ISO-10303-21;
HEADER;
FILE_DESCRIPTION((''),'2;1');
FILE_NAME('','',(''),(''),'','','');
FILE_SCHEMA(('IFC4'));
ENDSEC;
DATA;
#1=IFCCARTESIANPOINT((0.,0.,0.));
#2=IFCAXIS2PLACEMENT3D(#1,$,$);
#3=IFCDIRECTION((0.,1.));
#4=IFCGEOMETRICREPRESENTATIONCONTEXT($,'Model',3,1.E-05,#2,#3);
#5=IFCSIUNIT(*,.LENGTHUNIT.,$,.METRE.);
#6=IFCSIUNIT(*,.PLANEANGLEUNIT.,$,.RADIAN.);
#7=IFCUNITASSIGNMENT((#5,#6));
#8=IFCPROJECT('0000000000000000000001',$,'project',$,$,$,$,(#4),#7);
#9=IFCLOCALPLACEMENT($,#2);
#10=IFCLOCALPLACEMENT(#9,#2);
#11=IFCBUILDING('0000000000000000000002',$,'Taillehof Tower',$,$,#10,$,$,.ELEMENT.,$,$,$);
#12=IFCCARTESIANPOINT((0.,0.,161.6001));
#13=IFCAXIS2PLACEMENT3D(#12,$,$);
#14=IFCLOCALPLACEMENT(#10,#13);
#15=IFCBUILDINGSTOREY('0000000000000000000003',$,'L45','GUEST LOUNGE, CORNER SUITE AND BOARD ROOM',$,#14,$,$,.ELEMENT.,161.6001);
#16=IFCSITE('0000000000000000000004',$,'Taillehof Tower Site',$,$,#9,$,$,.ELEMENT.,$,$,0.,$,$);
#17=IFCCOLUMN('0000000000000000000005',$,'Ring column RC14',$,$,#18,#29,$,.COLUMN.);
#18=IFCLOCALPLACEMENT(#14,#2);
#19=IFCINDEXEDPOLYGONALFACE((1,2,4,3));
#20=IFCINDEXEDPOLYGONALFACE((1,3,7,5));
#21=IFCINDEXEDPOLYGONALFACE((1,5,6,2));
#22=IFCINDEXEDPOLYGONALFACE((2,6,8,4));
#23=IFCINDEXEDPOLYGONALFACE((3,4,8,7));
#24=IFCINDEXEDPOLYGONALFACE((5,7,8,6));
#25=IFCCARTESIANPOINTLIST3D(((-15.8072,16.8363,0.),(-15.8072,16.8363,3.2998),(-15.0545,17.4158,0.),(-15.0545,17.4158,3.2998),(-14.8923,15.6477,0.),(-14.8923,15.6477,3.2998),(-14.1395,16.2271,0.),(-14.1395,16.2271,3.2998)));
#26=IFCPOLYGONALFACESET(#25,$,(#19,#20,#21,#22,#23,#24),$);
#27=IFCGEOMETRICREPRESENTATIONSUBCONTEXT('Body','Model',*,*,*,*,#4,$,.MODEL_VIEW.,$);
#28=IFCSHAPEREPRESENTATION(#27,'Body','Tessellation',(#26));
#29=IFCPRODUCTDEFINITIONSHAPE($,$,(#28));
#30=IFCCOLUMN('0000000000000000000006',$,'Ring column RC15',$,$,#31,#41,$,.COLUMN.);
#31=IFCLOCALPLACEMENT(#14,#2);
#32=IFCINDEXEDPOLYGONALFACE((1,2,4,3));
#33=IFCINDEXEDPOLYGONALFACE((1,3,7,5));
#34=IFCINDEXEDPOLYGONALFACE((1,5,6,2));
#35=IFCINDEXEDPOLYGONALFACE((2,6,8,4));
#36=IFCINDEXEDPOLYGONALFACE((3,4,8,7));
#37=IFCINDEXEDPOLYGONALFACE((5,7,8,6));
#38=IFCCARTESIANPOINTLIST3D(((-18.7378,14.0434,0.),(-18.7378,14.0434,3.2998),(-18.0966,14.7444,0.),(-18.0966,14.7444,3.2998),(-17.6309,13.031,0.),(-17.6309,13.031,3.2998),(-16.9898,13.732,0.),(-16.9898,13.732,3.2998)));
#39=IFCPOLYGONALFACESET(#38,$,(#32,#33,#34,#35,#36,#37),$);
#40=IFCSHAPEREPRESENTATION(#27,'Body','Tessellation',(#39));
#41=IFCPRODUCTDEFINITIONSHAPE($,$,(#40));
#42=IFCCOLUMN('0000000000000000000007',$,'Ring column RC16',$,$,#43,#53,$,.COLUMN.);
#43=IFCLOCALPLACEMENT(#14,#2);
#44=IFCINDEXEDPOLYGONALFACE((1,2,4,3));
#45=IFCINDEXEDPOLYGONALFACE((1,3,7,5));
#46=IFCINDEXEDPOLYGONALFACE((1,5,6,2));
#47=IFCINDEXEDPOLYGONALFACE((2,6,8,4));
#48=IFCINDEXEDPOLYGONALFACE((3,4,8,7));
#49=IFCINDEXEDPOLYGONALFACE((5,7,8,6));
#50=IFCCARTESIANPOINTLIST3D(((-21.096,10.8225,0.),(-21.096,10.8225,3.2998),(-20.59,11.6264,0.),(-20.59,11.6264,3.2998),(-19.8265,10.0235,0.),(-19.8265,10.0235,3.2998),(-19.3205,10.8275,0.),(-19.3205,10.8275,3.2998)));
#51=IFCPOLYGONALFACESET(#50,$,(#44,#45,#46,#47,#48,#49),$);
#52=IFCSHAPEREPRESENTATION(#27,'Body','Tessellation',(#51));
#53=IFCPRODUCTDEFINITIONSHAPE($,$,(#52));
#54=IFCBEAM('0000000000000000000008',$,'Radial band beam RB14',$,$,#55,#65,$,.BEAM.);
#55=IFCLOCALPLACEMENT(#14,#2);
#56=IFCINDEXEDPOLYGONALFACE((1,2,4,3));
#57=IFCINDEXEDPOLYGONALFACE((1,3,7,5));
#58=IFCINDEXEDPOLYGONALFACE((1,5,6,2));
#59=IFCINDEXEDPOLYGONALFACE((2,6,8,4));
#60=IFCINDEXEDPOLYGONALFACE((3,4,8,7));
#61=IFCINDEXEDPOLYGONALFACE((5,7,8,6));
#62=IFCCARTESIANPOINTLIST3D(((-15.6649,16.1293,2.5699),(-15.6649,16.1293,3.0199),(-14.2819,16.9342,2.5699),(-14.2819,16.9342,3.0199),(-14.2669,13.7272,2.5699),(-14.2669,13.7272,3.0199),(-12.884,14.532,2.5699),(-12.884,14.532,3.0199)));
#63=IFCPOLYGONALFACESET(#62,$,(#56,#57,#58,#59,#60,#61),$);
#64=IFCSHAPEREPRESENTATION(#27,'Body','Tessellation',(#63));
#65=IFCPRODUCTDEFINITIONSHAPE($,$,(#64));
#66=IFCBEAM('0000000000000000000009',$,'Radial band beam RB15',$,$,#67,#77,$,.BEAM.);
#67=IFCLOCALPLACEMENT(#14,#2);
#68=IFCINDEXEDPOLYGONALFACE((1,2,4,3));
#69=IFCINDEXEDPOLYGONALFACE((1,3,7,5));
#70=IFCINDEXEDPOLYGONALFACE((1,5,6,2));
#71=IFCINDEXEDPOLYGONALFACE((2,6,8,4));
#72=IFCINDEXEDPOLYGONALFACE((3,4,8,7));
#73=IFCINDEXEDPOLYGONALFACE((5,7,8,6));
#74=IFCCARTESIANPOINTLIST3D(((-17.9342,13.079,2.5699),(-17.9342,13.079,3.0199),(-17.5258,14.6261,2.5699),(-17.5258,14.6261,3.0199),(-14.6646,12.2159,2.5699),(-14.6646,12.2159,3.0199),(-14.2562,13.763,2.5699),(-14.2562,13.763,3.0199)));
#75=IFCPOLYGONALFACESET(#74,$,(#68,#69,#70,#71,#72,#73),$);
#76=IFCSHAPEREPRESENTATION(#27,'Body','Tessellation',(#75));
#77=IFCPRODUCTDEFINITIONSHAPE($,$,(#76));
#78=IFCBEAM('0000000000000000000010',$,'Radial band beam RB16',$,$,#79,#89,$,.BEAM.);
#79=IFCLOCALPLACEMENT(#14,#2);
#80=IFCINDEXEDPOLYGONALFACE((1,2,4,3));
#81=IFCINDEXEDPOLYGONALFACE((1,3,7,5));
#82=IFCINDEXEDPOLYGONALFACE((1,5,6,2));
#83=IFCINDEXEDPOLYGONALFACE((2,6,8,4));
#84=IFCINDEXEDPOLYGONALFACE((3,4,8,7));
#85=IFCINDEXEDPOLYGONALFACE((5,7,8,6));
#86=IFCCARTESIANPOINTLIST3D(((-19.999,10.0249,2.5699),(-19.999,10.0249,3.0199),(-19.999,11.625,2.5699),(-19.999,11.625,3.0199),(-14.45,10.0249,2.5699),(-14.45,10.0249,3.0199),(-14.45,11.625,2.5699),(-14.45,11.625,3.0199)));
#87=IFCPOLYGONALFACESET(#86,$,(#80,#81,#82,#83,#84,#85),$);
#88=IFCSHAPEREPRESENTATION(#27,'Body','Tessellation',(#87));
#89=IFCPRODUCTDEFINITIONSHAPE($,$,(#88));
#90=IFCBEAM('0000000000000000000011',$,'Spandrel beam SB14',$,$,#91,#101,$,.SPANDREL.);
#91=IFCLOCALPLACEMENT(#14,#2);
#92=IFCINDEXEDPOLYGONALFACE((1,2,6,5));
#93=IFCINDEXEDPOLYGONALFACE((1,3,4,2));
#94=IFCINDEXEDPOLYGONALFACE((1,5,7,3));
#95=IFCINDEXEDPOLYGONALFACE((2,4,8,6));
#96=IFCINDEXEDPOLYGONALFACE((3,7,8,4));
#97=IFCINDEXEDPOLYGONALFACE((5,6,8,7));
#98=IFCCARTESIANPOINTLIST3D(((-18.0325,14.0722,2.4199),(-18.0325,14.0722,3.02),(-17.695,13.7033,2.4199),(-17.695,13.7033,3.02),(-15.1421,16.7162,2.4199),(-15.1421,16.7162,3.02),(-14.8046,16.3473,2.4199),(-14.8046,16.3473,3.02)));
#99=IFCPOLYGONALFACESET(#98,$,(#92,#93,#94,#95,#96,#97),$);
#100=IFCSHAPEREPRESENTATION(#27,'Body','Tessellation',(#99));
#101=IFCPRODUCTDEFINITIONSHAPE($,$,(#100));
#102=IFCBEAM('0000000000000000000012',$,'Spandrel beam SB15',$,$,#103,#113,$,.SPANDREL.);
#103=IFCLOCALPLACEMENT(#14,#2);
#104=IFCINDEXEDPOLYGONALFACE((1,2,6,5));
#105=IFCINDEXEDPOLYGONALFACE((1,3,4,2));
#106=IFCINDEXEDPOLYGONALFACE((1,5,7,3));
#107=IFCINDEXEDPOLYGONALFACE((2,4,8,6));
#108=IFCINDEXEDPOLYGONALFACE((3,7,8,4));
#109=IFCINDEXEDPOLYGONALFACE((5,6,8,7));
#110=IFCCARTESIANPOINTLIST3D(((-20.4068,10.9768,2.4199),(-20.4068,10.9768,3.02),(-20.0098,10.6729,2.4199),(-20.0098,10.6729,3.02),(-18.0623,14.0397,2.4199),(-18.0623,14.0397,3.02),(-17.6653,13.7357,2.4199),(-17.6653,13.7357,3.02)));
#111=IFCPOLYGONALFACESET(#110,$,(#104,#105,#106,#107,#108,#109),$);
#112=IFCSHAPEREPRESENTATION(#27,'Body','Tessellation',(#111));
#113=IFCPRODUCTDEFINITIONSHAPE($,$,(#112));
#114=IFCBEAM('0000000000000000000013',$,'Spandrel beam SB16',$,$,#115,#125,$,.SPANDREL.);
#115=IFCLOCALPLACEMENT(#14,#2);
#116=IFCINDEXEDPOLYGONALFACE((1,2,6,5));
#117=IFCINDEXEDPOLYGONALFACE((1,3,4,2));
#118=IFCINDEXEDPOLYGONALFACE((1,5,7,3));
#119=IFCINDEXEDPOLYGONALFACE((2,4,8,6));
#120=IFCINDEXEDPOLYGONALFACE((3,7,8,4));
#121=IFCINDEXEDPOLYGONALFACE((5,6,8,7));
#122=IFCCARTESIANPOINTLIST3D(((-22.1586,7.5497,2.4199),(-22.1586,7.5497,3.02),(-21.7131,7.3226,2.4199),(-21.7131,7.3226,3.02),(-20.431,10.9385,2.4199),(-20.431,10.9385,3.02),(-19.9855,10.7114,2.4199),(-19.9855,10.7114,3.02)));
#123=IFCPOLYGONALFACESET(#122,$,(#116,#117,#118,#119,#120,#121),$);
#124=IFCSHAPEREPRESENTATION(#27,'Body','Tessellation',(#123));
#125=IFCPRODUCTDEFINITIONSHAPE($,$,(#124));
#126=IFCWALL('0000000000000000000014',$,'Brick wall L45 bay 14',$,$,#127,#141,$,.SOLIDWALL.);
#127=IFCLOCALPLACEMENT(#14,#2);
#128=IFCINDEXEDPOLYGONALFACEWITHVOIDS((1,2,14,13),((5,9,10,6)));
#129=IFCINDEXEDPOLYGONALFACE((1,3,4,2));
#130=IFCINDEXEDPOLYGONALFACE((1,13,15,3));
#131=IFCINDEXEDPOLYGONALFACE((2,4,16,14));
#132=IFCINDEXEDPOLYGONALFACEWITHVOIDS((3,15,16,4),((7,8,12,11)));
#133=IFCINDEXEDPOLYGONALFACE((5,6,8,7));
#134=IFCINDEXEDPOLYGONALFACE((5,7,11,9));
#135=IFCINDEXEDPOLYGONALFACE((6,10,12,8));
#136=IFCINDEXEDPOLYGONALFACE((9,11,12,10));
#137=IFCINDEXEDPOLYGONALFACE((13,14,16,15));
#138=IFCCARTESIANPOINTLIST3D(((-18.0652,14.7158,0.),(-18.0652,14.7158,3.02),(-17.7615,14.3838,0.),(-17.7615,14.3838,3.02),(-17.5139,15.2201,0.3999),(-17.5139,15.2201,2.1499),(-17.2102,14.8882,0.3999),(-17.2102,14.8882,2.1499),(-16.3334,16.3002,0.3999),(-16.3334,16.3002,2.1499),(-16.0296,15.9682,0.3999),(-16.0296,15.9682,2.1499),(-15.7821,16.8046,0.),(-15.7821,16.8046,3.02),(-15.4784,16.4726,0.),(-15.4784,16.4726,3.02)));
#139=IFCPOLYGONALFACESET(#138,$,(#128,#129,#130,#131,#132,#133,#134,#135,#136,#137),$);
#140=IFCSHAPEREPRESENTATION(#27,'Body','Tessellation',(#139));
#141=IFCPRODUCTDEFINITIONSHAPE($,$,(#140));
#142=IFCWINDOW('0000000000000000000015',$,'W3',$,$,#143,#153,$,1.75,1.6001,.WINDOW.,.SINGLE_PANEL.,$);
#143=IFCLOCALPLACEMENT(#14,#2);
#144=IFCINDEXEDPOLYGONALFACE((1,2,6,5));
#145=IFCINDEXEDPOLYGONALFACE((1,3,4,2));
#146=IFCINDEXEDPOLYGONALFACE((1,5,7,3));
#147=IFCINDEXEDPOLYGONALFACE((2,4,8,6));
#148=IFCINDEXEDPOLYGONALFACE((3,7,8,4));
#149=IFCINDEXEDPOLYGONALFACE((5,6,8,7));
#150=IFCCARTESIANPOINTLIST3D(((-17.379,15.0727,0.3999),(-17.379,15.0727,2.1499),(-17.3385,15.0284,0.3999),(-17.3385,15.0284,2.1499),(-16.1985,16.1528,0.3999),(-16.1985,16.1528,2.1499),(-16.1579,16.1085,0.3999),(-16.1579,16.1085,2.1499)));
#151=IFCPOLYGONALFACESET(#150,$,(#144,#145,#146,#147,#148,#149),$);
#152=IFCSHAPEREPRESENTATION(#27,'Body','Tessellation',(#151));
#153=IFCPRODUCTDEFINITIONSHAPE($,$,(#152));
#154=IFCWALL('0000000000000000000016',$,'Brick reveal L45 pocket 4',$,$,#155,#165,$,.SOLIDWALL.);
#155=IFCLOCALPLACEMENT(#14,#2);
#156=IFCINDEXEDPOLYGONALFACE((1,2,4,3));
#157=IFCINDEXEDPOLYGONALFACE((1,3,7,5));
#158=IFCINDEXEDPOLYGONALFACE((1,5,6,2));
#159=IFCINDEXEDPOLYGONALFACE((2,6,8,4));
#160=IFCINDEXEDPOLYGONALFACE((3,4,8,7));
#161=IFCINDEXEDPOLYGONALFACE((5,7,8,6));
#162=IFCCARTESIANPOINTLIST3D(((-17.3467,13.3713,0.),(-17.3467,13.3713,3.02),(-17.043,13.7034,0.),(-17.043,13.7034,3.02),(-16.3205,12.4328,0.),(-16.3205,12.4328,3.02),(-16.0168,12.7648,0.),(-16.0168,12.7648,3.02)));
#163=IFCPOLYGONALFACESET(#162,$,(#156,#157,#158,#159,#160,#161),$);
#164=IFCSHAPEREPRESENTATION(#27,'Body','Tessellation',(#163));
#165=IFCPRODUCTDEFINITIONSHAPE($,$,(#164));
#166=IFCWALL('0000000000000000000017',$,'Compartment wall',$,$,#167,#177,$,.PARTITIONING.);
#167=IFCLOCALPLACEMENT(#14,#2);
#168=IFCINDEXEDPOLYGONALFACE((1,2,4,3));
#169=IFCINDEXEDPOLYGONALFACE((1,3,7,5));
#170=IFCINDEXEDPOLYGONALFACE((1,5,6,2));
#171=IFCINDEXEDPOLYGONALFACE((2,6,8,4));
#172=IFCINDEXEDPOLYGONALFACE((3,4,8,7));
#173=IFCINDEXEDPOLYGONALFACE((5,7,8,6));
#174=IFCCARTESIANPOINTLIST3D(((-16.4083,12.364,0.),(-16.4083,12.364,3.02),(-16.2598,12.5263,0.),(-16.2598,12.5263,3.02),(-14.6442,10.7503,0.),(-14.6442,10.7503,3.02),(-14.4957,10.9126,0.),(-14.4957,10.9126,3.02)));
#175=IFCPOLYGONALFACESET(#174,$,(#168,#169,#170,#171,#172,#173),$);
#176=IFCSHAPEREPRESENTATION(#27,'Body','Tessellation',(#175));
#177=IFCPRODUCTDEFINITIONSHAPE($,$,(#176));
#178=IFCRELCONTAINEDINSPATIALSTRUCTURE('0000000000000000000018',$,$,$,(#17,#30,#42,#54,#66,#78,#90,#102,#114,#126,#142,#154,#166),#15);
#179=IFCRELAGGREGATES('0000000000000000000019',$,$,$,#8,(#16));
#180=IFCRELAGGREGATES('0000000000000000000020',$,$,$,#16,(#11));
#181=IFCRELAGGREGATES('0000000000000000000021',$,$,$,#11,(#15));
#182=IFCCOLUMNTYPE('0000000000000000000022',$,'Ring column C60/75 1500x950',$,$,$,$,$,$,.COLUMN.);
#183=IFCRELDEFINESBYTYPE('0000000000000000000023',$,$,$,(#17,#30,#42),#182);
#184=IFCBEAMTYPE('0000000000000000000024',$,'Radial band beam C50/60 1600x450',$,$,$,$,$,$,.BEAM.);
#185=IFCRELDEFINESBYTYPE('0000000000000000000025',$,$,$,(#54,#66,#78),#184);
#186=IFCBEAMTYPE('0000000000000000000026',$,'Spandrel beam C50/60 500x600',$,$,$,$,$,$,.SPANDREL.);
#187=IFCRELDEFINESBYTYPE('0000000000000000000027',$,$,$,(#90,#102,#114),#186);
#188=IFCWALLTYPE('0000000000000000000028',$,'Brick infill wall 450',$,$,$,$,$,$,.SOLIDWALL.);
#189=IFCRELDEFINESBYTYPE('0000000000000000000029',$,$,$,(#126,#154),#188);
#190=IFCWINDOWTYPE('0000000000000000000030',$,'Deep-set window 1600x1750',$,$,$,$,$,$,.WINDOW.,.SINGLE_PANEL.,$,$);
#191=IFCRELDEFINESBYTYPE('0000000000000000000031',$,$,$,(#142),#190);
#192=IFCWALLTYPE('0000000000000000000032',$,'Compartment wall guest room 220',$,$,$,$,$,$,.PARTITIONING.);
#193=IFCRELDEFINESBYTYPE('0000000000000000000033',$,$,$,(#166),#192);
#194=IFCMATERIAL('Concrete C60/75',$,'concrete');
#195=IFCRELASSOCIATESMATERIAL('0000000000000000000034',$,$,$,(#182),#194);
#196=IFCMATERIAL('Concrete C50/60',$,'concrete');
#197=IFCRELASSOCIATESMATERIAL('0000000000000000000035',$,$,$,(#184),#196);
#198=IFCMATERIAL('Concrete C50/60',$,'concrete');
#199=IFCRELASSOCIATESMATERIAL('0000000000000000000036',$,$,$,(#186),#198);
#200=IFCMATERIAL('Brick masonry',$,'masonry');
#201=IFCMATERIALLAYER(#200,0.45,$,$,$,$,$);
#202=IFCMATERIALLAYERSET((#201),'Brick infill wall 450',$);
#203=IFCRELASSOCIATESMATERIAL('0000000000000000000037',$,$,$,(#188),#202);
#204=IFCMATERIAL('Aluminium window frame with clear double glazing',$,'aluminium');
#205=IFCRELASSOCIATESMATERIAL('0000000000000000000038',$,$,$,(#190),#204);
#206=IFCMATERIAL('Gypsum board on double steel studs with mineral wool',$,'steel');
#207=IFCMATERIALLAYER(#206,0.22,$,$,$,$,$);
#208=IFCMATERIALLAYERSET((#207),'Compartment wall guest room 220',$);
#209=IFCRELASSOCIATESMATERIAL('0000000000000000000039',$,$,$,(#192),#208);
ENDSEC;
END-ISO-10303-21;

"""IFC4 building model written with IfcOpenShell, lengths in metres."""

from ifc_helpers import new_model, si_unit, direction, frame, frame_2d, origin, origin_2d, place, context, subcontext, project, spatial, rectangle, extrude, material, layer, layer_set, material_profile, profile_set, type_object, element, fill, save


model = new_model("IFC4")

# Units and contexts
model_context = context("Model", 3, precision=1e-05, world=origin(), true_north=direction((0.0, 1.0)))
body_context = subcontext(model_context, "Body", "Model", "MODEL_VIEW")
ifc_project = project(units=[si_unit("LENGTHUNIT", "METRE"), si_unit("PLANEANGLEUNIT", "RADIAN")], contexts=[model_context])

# Site, building, storey
site_placement = place(None, origin())
site = spatial("IfcSite", under=ifc_project, at=site_placement, Name="Taillehof Tower Site", CompositionType="ELEMENT", RefElevation=0.0)
building_placement = place(site_placement, origin())
building = spatial("IfcBuilding", under=site, at=building_placement, Name="Taillehof Tower", CompositionType="ELEMENT")
storey_placement = place(building_placement, frame((0.0, 0.0, 161.6001)))
storey = spatial("IfcBuildingStorey", under=building, at=storey_placement, Name="L45", Description="GUEST LOUNGE, CORNER SUITE AND BOARD ROOM", CompositionType="ELEMENT", Elevation=161.6001)

# Columns
ifc_material_1 = material(Name="Concrete C60/75", Category="concrete")
ifc_material_profile_1 = material_profile(ifc_material_1, rectangle(XDim=1.5, YDim=0.95, at=origin_2d()), Name="RC 1500x950")
ifc_profile_set_1 = profile_set([ifc_material_profile_1], Name="Concrete C60/75")
column_type = type_object("IfcColumnType", Name="Ring column C60/75 1500x950", PredefinedType="COLUMN", material=ifc_profile_set_1)
for number, where, z_axis, x_axis, name in (
    (1, (-14.9734, 16.5317, 0.0), (0.0, 0.0, 1.0), (-0.609971, 0.792424, 0.0), "Ring column RC14"),
    (2, (-17.8638, 13.8877, 0.0), (0.0, 0.0, 1.0), (-0.737879, 0.674933, 0.0), "Ring column RC15"),
    (3, (-20.2083, 10.825, 0.0), (0.0, 0.0, 1.0), (-0.846334, 0.532652, 0.0), "Ring column RC16"),
):
    element("IfcColumn", number, at=place(storey_placement, frame(where, z_axis=z_axis, x_axis=x_axis)), inside=storey, type_object=column_type, Name=name, PredefinedType="COLUMN", context=body_context, shape_type="SweptSolid", body=[
        extrude(rectangle(XDim=1.5, YDim=0.95, at=origin_2d()), origin(), (0.0, 0.0, 1.0), 3.2998),
    ])

# Beams
ifc_material_2 = material(Name="Concrete C50/60", Category="concrete")
ifc_material_profile_2 = material_profile(ifc_material_2, rectangle(XDim=1.6001, YDim=0.45, at=origin_2d()), Name="RC 1600x450")
ifc_profile_set_2 = profile_set([ifc_material_profile_2], Name="Concrete C50/60")
beam_type_1 = type_object("IfcBeamType", Name="Radial band beam C50/60 1600x450", PredefinedType="BEAM", material=ifc_profile_set_2)
beam_1_placement = place(storey_placement, frame((-14.9734, 16.5317, 2.7949), z_axis=(0.502991, -0.864291, 0.0), x_axis=(0.864291, 0.502991, 0.0)))
element("IfcBeam", 4, at=beam_1_placement, inside=storey, type_object=beam_type_1, Name="Radial band beam RB14", PredefinedType="BEAM", context=body_context, shape_type="SweptSolid", body=[
    extrude(rectangle(XDim=1.6001, YDim=0.45, at=origin_2d()), origin(), (0.0, 0.0, 1.0), 2.7793),
])
beam_2_placement = place(storey_placement, frame((-17.73, 13.8525, 2.7949), z_axis=(0.966883, -0.255222, 0.0), x_axis=(0.255222, 0.966883, 0.0)))
element("IfcBeam", 5, at=beam_2_placement, inside=storey, type_object=beam_type_1, Name="Radial band beam RB15", PredefinedType="BEAM", context=body_context, shape_type="SweptSolid", body=[
    extrude(rectangle(XDim=1.6001, YDim=0.45, at=origin_2d()), origin(), (0.0, 0.0, 1.0), 3.3816),
])
beam_3_placement = place(storey_placement, frame((-19.999, 10.825, 2.7949), z_axis=(1.0, 0.0, 0.0), x_axis=(0.0, 1.0, 0.0)))
element("IfcBeam", 6, at=beam_3_placement, inside=storey, type_object=beam_type_1, Name="Radial band beam RB16", PredefinedType="BEAM", context=body_context, shape_type="SweptSolid", body=[
    extrude(rectangle(XDim=1.6001, YDim=0.45, at=origin_2d()), origin(), (0.0, 0.0, 1.0), 5.5491),
])
ifc_material_3 = material(Name="Concrete C50/60", Category="concrete")
ifc_material_profile_3 = material_profile(ifc_material_3, rectangle(XDim=0.5, YDim=0.6001, at=origin_2d()), Name="RC 500x600")
ifc_profile_set_3 = profile_set([ifc_material_profile_3], Name="Concrete C50/60")
beam_type_2 = type_object("IfcBeamType", Name="Spandrel beam C50/60 500x600", PredefinedType="SPANDREL", material=ifc_profile_set_3)
beam_4_placement = place(storey_placement, frame((-14.9734, 16.5317, 2.72), z_axis=(-0.73785, -0.674965, 0.0), x_axis=(0.674965, -0.73785, 0.0)))
element("IfcBeam", 7, at=beam_4_placement, inside=storey, type_object=beam_type_2, Name="Spandrel beam SB14", PredefinedType="SPANDREL", context=body_context, shape_type="SweptSolid", body=[
    extrude(rectangle(XDim=0.5, YDim=0.6001, at=origin_2d()), origin(), (0.0, 0.0, 1.0), 3.9172),
])
beam_5_placement = place(storey_placement, frame((-17.8638, 13.8877, 2.72), z_axis=(-0.60784, -0.794059, 0.0), x_axis=(0.794059, -0.60784, 0.0)))
element("IfcBeam", 8, at=beam_5_placement, inside=storey, type_object=beam_type_2, Name="Spandrel beam SB15", PredefinedType="SPANDREL", context=body_context, shape_type="SweptSolid", body=[
    extrude(rectangle(XDim=0.5, YDim=0.6001, at=origin_2d()), origin(), (0.0, 0.0, 1.0), 3.8572),
])
beam_6_placement = place(storey_placement, frame((-20.2083, 10.825, 2.72), z_axis=(-0.454183, -0.890908, 0.0), x_axis=(0.890908, -0.454183, 0.0)))
element("IfcBeam", 9, at=beam_6_placement, inside=storey, type_object=beam_type_2, Name="Spandrel beam SB16", PredefinedType="SPANDREL", context=body_context, shape_type="SweptSolid", body=[
    extrude(rectangle(XDim=0.5, YDim=0.6001, at=origin_2d()), origin(), (0.0, 0.0, 1.0), 3.8037),
])

# Wall, opening, window
ifc_material_4 = material(Name="Brick masonry", Category="masonry")
ifc_layer_1 = layer(ifc_material_4, 0.45)
ifc_layer_set_1 = layer_set([ifc_layer_1], Name="Brick infill wall 450")
wall_type_1 = type_object("IfcWallType", Name="Brick infill wall 450", PredefinedType="SOLIDWALL", material=ifc_layer_set_1)
wall_1_placement = place(storey_placement, frame((-15.6301, 16.6387, 0.0), z_axis=(0.0, 0.0, 1.0), x_axis=(-0.737809, -0.67501, 0.0)))
wall_1 = element("IfcWall", 10, at=wall_1_placement, inside=storey, type_object=wall_type_1, Name="Brick wall L45 bay 14", PredefinedType="SOLIDWALL", context=body_context, shape_type="SweptSolid", body=[
    extrude(rectangle(XDim=3.0945, YDim=0.45, at=frame_2d((1.5474, 0.0))), origin(), (0.0, 0.0, 1.0), 3.02),
])
opening_1_placement = place(wall_1_placement, frame((0.7473, 0.0, 0.3999)))
opening_1 = element("IfcOpeningElement", 11, at=opening_1_placement, cuts=wall_1, PredefinedType="OPENING", context=body_context, shape_type="SweptSolid", body=[
    extrude(rectangle(XDim=1.6001, YDim=1.75, at=frame_2d((0.8, 0.875))), frame((0.0, 0.2349, 0.0), z_axis=(0.0, -1.0, 0.0), x_axis=(1.0, 0.0, 0.0)), (0.0, 0.0, 1.0), 0.47),
])
ifc_material_5 = material(Name="Aluminium window frame with clear double glazing", Category="aluminium")
window_type_1 = type_object("IfcWindowType", Name="Deep-set window 1600x1750", PartitioningType="SINGLE_PANEL", PredefinedType="WINDOW", material=ifc_material_5)
window_1_placement = place(opening_1_placement, origin())
window_1 = element("IfcWindow", 12, at=window_1_placement, inside=storey, type_object=window_type_1, Name="W3", OverallHeight=1.75, OverallWidth=1.6001, PartitioningType="SINGLE_PANEL", PredefinedType="WINDOW", context=body_context, shape_type="SweptSolid", body=[
    extrude(rectangle(XDim=1.6001, YDim=1.75, at=frame_2d((0.8, 0.875))), frame((0.0, 0.0349, 0.0), z_axis=(0.0, -1.0, 0.0), x_axis=(1.0, 0.0, 0.0)), (0.0, 0.0, 1.0), 0.0601),
])
fill(opening_1, window_1)

# Wall
wall_2_placement = place(storey_placement, frame((-17.1948, 13.5374, 0.0), z_axis=(0.0, 0.0, 1.0), x_axis=(0.737919, -0.674889, 0.0)))
element("IfcWall", 13, at=wall_2_placement, inside=storey, type_object=wall_type_1, Name="Brick reveal L45 pocket 4", PredefinedType="SOLIDWALL", context=body_context, shape_type="SweptSolid", body=[
    extrude(rectangle(XDim=1.3906, YDim=0.45, at=frame_2d((0.6953, 0.0))), origin(), (0.0, 0.0, 1.0), 3.02),
])

# Wall
ifc_material_6 = material(Name="Gypsum board on double steel studs with mineral wool", Category="steel")
ifc_layer_2 = layer(ifc_material_6, 0.22)
ifc_layer_set_2 = layer_set([ifc_layer_2], Name="Compartment wall guest room 220")
wall_type_2 = type_object("IfcWallType", Name="Compartment wall guest room 220", PredefinedType="PARTITIONING", material=ifc_layer_set_2)
wall_3_placement = place(storey_placement, frame((-16.334, 12.4451, 0.0), z_axis=(0.0, 0.0, 1.0), x_axis=(0.737857, -0.674957, 0.0)))
element("IfcWall", 14, at=wall_3_placement, inside=storey, type_object=wall_type_2, Name="Compartment wall", PredefinedType="PARTITIONING", context=body_context, shape_type="SweptSolid", body=[
    extrude(rectangle(XDim=2.3909, YDim=0.22, at=frame_2d((1.1953, 0.0))), origin(), (0.0, 0.0, 1.0), 3.02),
])

save(model, "model.ifc")
